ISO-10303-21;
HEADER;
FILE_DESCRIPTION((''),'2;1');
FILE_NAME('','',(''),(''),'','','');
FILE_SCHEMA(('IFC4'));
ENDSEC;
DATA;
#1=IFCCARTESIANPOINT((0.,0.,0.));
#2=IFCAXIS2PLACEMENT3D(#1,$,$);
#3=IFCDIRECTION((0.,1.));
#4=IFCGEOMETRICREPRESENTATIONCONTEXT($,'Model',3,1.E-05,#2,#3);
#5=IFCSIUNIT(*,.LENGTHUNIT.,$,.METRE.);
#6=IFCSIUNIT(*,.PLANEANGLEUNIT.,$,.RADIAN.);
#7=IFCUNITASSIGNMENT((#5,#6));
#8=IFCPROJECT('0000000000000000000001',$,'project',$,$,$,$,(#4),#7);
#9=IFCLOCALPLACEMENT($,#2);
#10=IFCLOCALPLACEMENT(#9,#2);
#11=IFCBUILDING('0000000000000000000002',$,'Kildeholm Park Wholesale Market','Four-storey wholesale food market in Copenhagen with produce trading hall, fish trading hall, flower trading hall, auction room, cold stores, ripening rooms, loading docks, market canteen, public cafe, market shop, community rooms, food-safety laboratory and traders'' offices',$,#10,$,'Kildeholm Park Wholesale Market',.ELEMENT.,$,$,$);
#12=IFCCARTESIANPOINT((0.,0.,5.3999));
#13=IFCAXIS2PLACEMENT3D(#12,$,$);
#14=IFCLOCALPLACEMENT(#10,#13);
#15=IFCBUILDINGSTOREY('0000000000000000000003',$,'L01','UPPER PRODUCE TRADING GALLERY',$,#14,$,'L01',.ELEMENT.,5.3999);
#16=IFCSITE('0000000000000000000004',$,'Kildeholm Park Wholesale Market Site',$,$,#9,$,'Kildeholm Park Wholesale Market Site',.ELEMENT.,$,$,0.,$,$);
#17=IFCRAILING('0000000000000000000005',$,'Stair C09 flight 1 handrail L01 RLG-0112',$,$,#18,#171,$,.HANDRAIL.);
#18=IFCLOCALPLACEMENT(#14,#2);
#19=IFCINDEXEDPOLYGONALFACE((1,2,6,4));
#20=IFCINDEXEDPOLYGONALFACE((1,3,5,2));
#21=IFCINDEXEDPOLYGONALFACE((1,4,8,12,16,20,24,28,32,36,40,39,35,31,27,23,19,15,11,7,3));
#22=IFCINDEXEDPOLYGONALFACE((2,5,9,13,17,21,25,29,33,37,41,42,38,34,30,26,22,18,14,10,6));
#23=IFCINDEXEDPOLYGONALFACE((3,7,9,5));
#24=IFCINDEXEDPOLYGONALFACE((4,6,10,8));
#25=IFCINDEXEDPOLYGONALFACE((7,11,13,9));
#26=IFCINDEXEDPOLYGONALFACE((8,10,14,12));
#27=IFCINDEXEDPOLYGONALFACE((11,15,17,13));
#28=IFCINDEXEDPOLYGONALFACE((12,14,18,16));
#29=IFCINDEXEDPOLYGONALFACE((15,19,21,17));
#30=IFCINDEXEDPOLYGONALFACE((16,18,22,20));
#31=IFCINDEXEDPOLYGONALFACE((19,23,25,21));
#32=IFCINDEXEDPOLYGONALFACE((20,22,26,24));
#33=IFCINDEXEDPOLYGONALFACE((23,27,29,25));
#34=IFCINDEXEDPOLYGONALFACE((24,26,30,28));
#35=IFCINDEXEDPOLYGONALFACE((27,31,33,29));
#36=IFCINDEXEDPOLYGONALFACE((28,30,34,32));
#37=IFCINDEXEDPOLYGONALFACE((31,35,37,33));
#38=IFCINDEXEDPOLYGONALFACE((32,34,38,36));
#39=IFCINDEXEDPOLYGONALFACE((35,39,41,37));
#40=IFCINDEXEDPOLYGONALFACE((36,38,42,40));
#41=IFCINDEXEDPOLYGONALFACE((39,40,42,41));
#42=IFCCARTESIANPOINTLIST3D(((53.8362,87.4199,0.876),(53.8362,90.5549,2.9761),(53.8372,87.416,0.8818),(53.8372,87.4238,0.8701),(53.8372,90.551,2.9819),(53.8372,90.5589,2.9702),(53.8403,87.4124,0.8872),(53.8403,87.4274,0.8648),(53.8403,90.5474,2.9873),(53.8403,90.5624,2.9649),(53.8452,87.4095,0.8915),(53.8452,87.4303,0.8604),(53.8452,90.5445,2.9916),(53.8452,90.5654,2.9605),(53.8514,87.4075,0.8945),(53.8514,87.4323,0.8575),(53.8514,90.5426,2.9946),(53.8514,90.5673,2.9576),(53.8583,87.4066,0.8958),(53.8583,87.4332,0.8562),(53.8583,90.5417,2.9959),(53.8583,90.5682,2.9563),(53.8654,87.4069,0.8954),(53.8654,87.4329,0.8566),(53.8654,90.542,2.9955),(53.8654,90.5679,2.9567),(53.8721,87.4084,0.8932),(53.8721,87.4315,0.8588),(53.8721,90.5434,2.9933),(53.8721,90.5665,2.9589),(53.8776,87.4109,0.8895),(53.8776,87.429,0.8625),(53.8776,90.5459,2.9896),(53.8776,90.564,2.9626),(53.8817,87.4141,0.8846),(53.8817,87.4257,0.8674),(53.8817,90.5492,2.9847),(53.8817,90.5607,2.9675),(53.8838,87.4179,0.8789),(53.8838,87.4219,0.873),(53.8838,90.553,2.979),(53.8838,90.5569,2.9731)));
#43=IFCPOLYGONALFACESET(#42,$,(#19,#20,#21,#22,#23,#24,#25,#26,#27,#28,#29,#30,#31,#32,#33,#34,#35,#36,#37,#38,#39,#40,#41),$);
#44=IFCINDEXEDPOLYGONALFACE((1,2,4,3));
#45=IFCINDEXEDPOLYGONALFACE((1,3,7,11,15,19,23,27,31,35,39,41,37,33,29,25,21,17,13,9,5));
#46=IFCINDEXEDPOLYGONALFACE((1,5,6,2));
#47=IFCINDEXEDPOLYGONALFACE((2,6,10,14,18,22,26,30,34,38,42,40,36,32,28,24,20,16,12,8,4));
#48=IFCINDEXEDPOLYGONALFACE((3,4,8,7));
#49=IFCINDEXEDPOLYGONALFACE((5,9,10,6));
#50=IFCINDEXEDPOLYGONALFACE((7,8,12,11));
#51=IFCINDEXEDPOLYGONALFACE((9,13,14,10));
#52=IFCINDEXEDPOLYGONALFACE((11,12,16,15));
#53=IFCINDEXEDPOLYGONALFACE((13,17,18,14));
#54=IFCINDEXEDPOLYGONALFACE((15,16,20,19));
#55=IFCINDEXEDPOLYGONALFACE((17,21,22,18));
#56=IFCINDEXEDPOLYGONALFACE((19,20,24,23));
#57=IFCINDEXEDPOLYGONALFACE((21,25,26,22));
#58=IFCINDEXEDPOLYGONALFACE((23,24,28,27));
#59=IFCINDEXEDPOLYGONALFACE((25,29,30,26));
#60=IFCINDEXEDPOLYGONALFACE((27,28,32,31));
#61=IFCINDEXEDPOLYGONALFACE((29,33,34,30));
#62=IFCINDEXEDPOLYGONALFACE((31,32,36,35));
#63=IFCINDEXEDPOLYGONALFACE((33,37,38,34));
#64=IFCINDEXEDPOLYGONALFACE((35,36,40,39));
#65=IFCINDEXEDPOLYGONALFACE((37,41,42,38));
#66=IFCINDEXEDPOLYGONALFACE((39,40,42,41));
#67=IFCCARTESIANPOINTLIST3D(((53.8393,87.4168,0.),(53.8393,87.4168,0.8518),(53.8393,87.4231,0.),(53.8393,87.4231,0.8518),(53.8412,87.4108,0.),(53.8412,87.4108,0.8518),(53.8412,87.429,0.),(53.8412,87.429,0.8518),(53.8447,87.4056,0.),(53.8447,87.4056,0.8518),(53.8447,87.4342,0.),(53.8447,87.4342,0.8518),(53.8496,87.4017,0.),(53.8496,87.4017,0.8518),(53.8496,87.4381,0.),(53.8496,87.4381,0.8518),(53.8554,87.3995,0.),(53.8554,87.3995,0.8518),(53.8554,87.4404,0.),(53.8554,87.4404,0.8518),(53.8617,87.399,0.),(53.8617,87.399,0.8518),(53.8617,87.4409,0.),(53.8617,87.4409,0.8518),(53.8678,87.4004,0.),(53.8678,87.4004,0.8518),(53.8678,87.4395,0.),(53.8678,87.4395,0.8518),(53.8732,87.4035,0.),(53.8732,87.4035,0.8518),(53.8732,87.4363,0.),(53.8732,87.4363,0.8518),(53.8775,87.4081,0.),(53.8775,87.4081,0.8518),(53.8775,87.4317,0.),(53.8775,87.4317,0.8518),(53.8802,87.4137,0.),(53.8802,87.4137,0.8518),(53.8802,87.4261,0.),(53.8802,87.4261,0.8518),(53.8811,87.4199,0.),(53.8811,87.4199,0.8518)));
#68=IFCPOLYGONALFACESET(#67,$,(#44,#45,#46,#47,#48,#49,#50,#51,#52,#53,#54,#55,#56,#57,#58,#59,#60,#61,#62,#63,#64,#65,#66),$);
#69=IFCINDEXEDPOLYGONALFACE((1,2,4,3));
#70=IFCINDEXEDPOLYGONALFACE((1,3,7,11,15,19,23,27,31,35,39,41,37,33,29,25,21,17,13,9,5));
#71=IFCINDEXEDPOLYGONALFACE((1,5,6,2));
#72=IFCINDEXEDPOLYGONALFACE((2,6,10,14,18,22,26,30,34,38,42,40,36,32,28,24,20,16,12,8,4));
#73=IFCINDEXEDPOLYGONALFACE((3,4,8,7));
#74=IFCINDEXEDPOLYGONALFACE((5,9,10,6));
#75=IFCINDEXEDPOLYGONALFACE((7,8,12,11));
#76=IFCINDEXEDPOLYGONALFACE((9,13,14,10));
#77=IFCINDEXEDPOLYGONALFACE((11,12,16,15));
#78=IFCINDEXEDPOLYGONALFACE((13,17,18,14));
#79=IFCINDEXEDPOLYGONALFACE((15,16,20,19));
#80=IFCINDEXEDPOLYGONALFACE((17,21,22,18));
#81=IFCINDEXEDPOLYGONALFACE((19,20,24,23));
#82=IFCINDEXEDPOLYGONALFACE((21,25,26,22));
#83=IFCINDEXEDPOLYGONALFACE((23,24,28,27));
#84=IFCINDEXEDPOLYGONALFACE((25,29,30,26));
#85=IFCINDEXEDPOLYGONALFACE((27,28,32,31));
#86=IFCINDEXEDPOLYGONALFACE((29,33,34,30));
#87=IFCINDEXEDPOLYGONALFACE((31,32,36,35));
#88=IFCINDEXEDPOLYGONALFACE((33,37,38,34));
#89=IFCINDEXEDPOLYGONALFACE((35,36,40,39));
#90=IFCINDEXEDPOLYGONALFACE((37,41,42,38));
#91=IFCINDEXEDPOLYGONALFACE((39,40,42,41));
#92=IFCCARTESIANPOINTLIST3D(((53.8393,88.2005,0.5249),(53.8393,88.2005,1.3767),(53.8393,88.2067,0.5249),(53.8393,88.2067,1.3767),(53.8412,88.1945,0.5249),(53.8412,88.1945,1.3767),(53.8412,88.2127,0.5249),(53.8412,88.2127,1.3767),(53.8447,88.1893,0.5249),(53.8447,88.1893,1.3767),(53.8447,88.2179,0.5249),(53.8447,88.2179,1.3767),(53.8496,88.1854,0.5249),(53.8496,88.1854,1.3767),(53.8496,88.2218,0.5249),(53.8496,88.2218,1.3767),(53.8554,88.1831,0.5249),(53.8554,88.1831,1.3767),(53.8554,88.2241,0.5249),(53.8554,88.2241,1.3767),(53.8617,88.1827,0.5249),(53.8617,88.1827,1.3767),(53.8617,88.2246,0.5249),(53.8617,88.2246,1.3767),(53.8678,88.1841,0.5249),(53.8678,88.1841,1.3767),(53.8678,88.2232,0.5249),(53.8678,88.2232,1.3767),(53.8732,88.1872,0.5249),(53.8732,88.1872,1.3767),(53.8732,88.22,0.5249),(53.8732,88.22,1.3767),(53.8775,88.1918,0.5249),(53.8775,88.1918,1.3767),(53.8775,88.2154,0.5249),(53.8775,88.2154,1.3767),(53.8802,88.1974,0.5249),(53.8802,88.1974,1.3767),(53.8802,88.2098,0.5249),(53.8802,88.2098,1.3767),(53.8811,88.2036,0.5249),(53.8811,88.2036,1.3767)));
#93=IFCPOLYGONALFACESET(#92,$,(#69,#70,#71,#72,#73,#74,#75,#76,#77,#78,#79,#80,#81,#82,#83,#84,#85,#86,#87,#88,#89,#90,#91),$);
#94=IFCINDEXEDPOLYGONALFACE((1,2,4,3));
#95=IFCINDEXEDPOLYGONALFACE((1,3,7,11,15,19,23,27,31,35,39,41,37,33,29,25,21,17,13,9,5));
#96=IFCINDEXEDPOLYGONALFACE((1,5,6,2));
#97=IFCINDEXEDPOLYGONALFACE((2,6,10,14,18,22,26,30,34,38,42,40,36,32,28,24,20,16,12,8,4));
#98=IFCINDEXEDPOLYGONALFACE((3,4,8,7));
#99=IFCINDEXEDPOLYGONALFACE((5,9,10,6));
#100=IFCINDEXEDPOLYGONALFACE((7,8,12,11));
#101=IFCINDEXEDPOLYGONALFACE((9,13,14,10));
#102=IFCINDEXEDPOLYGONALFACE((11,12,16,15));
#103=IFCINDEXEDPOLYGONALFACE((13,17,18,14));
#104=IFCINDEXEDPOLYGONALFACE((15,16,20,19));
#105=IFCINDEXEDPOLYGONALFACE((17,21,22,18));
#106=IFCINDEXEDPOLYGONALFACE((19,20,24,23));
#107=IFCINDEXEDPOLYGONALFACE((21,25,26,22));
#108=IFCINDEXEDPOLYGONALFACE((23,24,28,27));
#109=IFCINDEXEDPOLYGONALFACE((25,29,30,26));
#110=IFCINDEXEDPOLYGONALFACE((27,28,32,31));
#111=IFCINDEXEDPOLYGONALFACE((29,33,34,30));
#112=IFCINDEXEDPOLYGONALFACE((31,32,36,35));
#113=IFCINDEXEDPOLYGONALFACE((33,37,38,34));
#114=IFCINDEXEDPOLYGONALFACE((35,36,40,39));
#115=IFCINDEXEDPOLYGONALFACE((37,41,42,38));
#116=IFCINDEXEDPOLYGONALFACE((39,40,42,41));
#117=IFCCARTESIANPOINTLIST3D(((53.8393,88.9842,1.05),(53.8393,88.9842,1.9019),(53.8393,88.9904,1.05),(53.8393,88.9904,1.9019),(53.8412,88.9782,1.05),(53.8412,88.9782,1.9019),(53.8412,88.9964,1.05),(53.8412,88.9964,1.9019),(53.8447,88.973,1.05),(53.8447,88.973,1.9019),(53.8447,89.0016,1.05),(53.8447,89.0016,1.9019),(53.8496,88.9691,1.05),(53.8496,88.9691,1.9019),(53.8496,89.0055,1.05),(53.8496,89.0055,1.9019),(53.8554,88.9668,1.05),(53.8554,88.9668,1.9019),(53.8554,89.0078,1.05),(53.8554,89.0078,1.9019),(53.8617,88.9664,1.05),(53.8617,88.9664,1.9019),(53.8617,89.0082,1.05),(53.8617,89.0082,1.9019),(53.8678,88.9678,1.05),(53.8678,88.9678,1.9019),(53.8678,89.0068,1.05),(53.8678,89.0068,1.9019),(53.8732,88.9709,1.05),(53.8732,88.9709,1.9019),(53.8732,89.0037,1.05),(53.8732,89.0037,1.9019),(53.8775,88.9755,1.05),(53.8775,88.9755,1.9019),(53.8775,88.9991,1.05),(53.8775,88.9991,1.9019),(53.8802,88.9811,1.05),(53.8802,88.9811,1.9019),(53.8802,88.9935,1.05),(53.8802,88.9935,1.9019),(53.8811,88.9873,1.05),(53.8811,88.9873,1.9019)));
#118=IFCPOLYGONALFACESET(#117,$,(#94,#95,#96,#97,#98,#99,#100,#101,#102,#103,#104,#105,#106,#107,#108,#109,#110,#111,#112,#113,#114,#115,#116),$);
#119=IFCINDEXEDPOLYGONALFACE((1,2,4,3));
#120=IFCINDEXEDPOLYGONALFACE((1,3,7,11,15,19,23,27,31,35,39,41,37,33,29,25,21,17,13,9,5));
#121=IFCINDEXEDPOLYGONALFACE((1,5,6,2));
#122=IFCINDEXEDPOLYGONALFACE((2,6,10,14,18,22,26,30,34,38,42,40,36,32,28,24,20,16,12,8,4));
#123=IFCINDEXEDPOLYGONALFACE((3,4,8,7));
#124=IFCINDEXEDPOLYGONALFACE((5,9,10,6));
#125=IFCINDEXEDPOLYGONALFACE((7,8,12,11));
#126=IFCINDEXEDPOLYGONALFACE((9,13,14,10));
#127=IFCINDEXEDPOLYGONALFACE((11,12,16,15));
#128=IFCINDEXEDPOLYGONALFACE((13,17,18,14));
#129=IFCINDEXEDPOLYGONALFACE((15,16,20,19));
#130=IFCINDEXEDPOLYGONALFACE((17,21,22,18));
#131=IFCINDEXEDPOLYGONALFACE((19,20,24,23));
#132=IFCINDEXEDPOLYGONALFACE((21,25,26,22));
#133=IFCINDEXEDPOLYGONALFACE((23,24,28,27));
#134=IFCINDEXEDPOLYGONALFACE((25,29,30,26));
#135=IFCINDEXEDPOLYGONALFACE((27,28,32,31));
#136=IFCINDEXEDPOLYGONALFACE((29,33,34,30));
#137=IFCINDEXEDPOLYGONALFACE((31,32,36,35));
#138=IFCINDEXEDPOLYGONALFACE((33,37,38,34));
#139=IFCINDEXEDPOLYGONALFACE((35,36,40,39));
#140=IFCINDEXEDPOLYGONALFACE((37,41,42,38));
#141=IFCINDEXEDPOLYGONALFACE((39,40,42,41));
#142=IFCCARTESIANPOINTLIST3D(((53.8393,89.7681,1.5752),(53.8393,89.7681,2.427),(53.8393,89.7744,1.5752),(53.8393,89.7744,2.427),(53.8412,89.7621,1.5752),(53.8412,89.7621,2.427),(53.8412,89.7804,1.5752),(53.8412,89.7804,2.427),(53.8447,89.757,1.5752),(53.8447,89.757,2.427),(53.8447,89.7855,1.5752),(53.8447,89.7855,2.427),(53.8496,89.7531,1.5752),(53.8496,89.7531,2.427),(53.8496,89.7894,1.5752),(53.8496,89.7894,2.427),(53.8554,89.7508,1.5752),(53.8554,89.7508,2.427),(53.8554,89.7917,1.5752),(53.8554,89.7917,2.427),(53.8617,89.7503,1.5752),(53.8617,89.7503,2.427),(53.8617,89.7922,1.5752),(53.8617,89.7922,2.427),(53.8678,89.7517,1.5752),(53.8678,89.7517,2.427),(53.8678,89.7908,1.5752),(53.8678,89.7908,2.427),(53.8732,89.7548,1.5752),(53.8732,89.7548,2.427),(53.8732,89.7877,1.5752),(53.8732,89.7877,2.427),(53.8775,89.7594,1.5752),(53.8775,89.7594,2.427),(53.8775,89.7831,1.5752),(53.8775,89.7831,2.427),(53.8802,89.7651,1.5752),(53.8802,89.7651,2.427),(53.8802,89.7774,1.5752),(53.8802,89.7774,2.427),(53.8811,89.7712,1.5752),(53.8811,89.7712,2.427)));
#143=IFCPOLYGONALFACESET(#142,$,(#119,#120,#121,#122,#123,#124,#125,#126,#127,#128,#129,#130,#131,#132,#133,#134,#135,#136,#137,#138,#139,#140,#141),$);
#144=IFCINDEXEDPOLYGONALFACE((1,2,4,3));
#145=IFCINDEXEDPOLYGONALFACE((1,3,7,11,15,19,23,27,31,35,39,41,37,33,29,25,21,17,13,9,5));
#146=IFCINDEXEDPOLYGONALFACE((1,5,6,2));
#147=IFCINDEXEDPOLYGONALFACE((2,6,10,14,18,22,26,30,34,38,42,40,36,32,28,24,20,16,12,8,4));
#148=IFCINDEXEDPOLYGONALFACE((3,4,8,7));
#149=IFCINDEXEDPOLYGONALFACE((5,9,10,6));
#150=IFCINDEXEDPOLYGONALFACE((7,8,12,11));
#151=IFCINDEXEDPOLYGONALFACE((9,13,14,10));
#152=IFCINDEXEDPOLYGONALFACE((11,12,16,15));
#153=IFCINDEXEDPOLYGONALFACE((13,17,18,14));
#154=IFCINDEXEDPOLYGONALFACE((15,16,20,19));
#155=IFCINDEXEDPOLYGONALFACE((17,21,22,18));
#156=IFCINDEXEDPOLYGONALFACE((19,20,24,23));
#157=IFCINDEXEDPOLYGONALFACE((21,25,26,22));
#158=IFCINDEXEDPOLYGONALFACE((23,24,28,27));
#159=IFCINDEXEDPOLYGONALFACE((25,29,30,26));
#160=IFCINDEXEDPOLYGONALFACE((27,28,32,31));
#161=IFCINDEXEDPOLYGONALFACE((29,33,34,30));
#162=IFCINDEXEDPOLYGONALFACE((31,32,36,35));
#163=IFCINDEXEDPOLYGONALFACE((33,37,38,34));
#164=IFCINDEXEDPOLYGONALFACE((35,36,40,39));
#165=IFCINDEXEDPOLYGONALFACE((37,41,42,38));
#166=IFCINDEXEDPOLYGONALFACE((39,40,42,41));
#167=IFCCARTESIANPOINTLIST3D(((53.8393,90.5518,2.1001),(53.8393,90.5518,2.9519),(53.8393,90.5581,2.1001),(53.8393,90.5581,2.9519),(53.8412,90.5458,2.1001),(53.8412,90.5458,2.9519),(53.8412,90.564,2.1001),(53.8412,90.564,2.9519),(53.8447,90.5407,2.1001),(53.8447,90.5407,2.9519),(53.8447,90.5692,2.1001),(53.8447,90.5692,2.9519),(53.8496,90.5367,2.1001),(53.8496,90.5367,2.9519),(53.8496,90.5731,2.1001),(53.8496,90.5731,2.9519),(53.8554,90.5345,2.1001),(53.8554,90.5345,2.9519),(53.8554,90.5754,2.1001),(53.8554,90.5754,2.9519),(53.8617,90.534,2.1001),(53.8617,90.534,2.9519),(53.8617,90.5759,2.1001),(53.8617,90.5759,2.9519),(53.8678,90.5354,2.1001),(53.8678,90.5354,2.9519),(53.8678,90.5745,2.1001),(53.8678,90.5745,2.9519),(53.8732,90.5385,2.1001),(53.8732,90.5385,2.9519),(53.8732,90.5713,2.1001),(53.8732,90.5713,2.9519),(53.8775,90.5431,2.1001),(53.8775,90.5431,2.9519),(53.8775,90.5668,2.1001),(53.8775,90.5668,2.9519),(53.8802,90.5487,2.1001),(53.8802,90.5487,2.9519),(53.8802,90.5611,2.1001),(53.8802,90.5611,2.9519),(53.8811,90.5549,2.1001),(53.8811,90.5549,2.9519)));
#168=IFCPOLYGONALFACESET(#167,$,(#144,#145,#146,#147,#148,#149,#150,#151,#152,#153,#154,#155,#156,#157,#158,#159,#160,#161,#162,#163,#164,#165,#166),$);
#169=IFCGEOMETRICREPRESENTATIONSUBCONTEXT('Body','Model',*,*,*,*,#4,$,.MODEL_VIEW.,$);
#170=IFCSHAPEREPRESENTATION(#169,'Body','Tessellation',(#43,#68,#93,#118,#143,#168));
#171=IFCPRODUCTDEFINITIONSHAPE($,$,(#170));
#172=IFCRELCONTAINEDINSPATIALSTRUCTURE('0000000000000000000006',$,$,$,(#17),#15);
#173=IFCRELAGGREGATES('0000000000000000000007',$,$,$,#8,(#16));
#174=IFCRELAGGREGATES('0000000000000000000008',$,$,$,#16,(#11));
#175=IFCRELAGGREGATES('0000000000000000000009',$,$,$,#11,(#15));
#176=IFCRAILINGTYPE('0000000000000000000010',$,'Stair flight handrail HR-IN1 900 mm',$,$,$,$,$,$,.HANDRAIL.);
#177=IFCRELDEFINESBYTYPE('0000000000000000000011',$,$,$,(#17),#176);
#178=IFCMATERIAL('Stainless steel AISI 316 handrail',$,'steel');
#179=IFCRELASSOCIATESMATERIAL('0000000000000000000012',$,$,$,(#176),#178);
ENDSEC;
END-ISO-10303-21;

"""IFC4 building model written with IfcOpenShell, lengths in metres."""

from ifc_helpers import new_model, si_unit, direction, frame, origin, origin_2d, place, context, subcontext, project, spatial, circle, extrude, material, type_object, element, save


model = new_model("IFC4")

# Units and contexts
model_context = context("Model", 3, precision=1e-05, world=origin(), true_north=direction((0.0, 1.0)))
body_context = subcontext(model_context, "Body", "Model", "MODEL_VIEW")
ifc_project = project(units=[si_unit("LENGTHUNIT", "METRE"), si_unit("PLANEANGLEUNIT", "RADIAN")], contexts=[model_context])

# Site, building, storey
site_placement = place(None, origin())
site = spatial("IfcSite", under=ifc_project, at=site_placement, Name="Kildeholm Park Wholesale Market Site", LongName="Kildeholm Park Wholesale Market Site", CompositionType="ELEMENT", RefElevation=0.0)
building_placement = place(site_placement, origin())
building = spatial("IfcBuilding", under=site, at=building_placement, Name="Kildeholm Park Wholesale Market", Description="Four-storey wholesale food market in Copenhagen with produce trading hall, fish trading hall, flower trading hall, auction room, cold stores, ripening rooms, loading docks, market canteen, public cafe, market shop, community rooms, food-safety laboratory and traders' offices", LongName="Kildeholm Park Wholesale Market", CompositionType="ELEMENT")
storey_placement = place(building_placement, frame((0.0, 0.0, 5.3999)))
storey = spatial("IfcBuildingStorey", under=building, at=storey_placement, Name="L01", Description="UPPER PRODUCE TRADING GALLERY", LongName="L01", CompositionType="ELEMENT", Elevation=5.3999)

# Railing
ifc_material_1 = material(Name="Stainless steel AISI 316 handrail", Category="steel")
railing_type_1 = type_object("IfcRailingType", Name="Stair flight handrail HR-IN1 900 mm", PredefinedType="HANDRAIL", material=ifc_material_1)
railing_1_placement = place(storey_placement, frame((53.8601, 87.4199, 0.0)))
element("IfcRailing", 1, at=railing_1_placement, inside=storey, type_object=railing_type_1, Name="Stair C09 flight 1 handrail L01 RLG-0112", PredefinedType="HANDRAIL", context=body_context, shape_type="SweptSolid", body=[
    extrude(circle(Radius=0.0239, at=origin_2d()), frame((0.0, 0.0, 0.876), z_axis=(0.0, 0.830814, 0.55655), x_axis=(-1.0, 0.0, 0.0)), (0.0, 0.0, 1.0), 3.7734),
    extrude(circle(Radius=0.021, at=origin_2d()), origin(), (0.0, 0.0, 1.0), 0.8518),
    extrude(circle(Radius=0.021, at=origin_2d()), frame((0.0, 0.7837, 0.5249)), (0.0, 0.0, 1.0), 0.8518),
    extrude(circle(Radius=0.021, at=origin_2d()), frame((0.0, 1.5674, 1.05)), (0.0, 0.0, 1.0), 0.8518),
    extrude(circle(Radius=0.021, at=origin_2d()), frame((0.0, 2.3513, 1.5752)), (0.0, 0.0, 1.0), 0.8518),
    extrude(circle(Radius=0.021, at=origin_2d()), frame((0.0, 3.135, 2.1001)), (0.0, 0.0, 1.0), 0.8518),
])

save(model, "model.ifc")
